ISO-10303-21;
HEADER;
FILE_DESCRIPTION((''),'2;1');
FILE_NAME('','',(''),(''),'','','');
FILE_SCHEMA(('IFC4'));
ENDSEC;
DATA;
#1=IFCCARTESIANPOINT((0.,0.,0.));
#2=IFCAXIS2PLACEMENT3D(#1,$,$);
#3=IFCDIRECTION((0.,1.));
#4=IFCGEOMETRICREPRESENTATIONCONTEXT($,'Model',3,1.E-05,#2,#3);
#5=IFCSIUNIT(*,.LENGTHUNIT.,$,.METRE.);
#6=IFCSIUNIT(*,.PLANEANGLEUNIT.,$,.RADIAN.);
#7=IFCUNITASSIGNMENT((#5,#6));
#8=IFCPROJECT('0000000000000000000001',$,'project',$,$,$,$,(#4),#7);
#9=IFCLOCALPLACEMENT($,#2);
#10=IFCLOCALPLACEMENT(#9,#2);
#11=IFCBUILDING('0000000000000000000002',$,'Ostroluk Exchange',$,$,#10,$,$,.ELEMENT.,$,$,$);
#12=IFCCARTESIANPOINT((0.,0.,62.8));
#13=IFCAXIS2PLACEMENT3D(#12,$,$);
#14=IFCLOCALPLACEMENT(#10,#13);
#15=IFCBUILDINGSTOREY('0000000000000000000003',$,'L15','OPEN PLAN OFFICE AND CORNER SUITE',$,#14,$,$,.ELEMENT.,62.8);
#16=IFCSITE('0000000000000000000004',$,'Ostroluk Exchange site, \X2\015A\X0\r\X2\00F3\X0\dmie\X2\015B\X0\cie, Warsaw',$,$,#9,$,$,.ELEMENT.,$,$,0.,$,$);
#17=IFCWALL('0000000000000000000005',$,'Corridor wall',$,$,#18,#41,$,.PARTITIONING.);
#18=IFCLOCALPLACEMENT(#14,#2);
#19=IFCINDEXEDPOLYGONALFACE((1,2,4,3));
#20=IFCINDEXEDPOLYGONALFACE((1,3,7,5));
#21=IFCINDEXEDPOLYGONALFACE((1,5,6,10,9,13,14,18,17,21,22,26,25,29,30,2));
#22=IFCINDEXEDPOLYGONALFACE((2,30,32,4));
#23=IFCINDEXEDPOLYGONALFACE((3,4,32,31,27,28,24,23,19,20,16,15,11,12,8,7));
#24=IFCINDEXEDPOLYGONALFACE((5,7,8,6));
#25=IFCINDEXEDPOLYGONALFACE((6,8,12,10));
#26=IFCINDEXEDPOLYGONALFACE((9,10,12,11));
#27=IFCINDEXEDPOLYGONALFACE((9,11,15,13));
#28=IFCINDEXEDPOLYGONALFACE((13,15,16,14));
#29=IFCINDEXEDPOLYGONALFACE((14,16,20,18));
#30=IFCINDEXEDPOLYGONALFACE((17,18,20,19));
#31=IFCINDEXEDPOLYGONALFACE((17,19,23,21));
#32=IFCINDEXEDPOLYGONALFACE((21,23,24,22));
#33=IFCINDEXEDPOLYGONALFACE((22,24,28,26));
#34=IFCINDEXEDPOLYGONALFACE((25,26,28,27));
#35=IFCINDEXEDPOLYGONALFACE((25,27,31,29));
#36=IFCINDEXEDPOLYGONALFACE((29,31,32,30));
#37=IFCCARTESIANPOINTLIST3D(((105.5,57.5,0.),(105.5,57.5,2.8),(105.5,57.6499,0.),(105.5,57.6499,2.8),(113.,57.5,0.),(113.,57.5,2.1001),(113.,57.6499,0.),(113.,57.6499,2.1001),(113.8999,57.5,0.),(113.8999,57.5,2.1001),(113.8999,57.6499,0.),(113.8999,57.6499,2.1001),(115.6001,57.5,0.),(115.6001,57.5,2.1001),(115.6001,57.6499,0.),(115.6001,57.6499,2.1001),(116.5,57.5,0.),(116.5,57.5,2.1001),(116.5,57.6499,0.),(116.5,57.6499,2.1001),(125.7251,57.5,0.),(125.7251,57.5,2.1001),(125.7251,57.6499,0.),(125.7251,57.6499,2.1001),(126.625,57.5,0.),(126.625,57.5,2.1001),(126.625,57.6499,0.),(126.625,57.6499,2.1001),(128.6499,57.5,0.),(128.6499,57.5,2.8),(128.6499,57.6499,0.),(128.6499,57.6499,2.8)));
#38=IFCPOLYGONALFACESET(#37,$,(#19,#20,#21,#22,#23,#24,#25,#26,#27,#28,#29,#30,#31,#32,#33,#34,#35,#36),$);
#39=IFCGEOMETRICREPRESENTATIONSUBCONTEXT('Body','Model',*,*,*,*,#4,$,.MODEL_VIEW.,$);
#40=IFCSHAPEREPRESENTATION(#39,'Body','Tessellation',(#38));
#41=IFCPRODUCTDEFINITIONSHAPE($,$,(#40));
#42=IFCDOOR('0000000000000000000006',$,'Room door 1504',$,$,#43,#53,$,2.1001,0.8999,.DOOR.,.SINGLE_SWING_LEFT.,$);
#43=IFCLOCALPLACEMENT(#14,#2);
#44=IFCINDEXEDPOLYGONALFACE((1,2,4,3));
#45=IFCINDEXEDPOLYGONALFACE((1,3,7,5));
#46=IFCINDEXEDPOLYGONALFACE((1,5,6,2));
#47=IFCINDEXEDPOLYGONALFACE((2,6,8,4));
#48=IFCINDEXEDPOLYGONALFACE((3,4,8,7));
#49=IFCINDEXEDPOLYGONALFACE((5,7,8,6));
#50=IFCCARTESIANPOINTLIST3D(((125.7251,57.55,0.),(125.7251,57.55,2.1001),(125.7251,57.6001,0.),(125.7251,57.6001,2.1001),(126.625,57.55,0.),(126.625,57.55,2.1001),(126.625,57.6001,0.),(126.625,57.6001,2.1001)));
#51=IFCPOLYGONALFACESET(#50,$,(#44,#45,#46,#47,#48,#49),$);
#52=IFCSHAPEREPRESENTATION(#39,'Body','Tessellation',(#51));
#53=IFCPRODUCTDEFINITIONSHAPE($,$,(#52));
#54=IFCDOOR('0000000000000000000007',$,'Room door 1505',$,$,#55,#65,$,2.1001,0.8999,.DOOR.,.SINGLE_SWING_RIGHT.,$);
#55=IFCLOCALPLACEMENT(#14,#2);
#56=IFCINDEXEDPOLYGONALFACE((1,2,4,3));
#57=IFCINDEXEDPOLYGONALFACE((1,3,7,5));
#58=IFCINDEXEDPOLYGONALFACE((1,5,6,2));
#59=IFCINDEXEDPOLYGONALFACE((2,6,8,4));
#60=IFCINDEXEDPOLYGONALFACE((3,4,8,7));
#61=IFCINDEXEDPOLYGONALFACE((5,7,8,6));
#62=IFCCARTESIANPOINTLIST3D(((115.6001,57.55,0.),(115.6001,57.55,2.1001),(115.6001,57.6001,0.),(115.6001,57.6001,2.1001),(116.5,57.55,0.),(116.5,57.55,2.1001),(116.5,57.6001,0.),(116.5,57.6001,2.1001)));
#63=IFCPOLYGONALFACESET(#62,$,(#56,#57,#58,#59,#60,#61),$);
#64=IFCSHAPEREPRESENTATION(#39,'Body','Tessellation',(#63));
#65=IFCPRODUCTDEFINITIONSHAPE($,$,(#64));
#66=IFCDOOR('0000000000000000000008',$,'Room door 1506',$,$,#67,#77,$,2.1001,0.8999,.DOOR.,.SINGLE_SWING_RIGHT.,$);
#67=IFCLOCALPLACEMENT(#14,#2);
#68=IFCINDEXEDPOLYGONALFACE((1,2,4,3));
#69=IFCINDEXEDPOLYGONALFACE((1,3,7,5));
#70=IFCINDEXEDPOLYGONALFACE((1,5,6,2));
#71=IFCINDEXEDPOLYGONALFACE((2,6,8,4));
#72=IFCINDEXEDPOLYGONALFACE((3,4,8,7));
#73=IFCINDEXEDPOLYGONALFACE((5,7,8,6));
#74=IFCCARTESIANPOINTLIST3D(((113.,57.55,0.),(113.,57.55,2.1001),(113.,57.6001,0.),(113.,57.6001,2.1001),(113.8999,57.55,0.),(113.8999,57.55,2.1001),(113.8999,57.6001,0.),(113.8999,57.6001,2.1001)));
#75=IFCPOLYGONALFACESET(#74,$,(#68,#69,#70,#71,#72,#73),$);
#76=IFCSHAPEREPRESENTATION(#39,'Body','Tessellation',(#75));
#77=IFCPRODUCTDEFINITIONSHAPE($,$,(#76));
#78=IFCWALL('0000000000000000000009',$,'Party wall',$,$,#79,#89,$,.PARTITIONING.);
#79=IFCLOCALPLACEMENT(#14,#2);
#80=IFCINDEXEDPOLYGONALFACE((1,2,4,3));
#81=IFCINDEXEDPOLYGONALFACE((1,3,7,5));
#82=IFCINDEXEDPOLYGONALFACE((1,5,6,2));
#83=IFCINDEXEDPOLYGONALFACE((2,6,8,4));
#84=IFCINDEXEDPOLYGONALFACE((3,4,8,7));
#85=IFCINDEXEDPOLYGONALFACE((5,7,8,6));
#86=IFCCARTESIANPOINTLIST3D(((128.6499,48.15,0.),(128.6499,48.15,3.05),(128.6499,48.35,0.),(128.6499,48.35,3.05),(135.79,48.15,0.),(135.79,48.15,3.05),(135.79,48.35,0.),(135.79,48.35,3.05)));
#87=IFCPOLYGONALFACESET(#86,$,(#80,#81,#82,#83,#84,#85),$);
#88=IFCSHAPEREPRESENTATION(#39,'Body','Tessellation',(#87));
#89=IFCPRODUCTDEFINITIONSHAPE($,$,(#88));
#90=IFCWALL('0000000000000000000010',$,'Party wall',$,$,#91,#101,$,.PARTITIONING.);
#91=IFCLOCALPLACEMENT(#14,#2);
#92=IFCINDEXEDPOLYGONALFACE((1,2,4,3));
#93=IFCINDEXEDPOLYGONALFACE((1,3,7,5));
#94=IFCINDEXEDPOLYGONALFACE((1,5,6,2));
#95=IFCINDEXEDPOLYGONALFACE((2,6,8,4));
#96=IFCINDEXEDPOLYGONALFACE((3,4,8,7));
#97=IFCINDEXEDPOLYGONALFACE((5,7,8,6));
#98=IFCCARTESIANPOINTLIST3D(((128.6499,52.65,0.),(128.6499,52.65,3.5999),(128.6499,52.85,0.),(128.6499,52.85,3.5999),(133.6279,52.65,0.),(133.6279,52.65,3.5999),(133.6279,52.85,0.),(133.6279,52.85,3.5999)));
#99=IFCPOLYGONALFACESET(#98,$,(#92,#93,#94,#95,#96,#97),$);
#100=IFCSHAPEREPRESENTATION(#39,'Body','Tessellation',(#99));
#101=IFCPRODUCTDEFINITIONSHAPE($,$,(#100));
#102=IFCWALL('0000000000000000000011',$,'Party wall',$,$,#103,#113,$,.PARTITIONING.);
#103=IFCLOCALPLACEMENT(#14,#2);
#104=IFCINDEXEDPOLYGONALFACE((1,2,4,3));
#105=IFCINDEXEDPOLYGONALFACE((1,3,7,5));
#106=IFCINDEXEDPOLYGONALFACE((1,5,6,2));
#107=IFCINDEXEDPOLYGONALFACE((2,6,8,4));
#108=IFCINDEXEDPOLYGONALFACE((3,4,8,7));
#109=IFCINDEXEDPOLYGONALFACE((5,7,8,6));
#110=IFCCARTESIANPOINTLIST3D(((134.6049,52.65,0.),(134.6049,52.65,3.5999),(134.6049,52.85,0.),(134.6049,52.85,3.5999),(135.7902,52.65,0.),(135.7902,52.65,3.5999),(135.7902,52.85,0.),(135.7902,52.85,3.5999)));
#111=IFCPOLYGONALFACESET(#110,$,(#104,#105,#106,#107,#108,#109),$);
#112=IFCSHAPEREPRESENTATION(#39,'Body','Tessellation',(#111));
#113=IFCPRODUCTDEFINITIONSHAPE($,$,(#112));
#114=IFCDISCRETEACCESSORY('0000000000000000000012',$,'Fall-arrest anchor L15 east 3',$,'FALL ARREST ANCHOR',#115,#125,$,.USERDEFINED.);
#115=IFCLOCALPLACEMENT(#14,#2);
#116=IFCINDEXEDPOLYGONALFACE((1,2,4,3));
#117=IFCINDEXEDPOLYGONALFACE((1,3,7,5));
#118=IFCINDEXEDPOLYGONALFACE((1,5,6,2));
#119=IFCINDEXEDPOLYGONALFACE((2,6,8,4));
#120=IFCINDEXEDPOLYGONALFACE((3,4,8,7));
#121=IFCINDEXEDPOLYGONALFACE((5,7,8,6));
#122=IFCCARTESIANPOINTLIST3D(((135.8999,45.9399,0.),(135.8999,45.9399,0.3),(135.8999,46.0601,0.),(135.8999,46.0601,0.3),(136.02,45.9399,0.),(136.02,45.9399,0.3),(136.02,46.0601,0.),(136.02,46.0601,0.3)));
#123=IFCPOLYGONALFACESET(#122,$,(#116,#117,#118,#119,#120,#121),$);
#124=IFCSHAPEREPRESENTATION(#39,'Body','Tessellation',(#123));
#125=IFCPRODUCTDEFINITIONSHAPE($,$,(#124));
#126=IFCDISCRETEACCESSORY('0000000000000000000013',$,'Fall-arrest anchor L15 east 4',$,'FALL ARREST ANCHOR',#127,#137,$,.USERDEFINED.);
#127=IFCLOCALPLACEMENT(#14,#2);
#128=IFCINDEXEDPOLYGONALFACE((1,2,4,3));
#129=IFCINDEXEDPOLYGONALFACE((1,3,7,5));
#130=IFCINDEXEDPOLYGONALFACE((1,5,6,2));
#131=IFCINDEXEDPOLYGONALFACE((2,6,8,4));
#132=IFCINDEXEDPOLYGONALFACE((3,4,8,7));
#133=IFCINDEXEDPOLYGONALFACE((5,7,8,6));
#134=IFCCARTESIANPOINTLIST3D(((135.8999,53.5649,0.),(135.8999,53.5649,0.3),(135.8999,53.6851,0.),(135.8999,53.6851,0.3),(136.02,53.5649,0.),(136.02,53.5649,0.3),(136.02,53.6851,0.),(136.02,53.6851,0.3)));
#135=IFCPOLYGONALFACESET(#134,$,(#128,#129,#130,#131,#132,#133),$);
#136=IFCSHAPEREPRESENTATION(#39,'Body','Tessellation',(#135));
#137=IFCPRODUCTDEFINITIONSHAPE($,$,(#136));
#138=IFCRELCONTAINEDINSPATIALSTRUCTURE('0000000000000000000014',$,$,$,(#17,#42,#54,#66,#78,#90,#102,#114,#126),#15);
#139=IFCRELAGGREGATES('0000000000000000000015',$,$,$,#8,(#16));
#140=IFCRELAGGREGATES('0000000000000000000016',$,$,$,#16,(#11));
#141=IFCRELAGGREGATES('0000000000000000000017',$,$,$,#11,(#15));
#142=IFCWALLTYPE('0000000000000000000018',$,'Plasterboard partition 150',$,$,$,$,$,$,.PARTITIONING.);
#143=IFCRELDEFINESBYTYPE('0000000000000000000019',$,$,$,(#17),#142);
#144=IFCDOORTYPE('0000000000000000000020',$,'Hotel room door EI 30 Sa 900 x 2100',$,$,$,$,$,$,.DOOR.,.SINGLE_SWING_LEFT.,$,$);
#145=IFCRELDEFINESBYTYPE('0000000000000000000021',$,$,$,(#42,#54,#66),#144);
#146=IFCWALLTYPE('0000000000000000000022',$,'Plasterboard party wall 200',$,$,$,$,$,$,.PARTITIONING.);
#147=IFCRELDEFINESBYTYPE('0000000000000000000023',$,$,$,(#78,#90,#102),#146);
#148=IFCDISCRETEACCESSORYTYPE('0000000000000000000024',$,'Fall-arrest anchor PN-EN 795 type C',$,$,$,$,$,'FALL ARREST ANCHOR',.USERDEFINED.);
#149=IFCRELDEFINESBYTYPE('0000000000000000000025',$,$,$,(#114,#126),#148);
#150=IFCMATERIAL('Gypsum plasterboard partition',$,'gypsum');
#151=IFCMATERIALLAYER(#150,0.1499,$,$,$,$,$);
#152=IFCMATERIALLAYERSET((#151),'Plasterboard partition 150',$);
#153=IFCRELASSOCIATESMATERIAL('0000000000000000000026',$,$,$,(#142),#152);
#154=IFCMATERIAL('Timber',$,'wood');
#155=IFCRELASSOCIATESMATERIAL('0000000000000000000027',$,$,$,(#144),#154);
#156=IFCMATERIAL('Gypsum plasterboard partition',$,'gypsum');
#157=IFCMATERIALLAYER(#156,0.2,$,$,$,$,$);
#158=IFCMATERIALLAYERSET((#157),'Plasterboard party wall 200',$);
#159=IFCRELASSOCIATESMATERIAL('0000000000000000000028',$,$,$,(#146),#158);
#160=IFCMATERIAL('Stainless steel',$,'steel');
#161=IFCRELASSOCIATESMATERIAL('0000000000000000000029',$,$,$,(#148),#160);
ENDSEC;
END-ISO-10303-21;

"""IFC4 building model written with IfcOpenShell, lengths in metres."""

from ifc_helpers import new_model, si_unit, direction, frame, frame_2d, origin, origin_2d, place, context, subcontext, project, spatial, rectangle, extrude, material, layer, layer_set, type_object, element, fill, save


model = new_model("IFC4")

# Units and contexts
model_context = context("Model", 3, precision=1e-05, world=origin(), true_north=direction((0.0, 1.0)))
body_context = subcontext(model_context, "Body", "Model", "MODEL_VIEW")
ifc_project = project(units=[si_unit("LENGTHUNIT", "METRE"), si_unit("PLANEANGLEUNIT", "RADIAN")], contexts=[model_context])

# Site, building, storey
site_placement = place(None, origin())
site = spatial("IfcSite", under=ifc_project, at=site_placement, Name="Ostroluk Exchange site, Śródmieście, Warsaw", CompositionType="ELEMENT", RefElevation=0.0)
building_placement = place(site_placement, origin())
building = spatial("IfcBuilding", under=site, at=building_placement, Name="Ostroluk Exchange", CompositionType="ELEMENT")
storey_placement = place(building_placement, frame((0.0, 0.0, 62.8)))
storey = spatial("IfcBuildingStorey", under=building, at=storey_placement, Name="L15", Description="OPEN PLAN OFFICE AND CORNER SUITE", CompositionType="ELEMENT", Elevation=62.8)

# Wall, openings, doors
ifc_material_1 = material(Name="Gypsum plasterboard partition", Category="gypsum")
ifc_layer_1 = layer(ifc_material_1, 0.1499)
ifc_layer_set_1 = layer_set([ifc_layer_1], Name="Plasterboard partition 150")
wall_type_1 = type_object("IfcWallType", Name="Plasterboard partition 150", PredefinedType="PARTITIONING", material=ifc_layer_set_1)
wall_1_placement = place(storey_placement, frame((128.6499, 57.575, 0.0), z_axis=(0.0, 0.0, 1.0), x_axis=(-1.0, 0.0, 0.0)))
wall_1 = element("IfcWall", 1, at=wall_1_placement, inside=storey, type_object=wall_type_1, Name="Corridor wall", PredefinedType="PARTITIONING", context=body_context, shape_type="SweptSolid", body=[
    extrude(rectangle(XDim=23.1499, YDim=0.1499, at=frame_2d((11.575, 0.0))), origin(), (0.0, 0.0, 1.0), 2.8),
])
opening_1_placement = place(wall_1_placement, frame((2.0249, 0.0, 0.0)))
opening_1 = element("IfcOpeningElement", 2, at=opening_1_placement, cuts=wall_1, PredefinedType="OPENING", context=body_context, shape_type="SweptSolid", body=[
    extrude(rectangle(XDim=0.8999, YDim=2.1001, at=frame_2d((0.45, 1.05))), frame((0.0, 0.085, 0.0), z_axis=(0.0, -1.0, 0.0), x_axis=(1.0, 0.0, 0.0)), (0.0, 0.0, 1.0), 0.1699),
])
opening_2_placement = place(wall_1_placement, frame((12.1499, 0.0, 0.0)))
opening_2 = element("IfcOpeningElement", 3, at=opening_2_placement, cuts=wall_1, PredefinedType="OPENING", context=body_context, shape_type="SweptSolid", body=[
    extrude(rectangle(XDim=0.8999, YDim=2.1001, at=frame_2d((0.45, 1.05))), frame((0.0, 0.085, 0.0), z_axis=(0.0, -1.0, 0.0), x_axis=(1.0, 0.0, 0.0)), (0.0, 0.0, 1.0), 0.1699),
])
opening_3_placement = place(wall_1_placement, frame((14.75, 0.0, 0.0)))
opening_3 = element("IfcOpeningElement", 4, at=opening_3_placement, cuts=wall_1, PredefinedType="OPENING", context=body_context, shape_type="SweptSolid", body=[
    extrude(rectangle(XDim=0.8999, YDim=2.1001, at=frame_2d((0.45, 1.05))), frame((0.0, 0.085, 0.0), z_axis=(0.0, -1.0, 0.0), x_axis=(1.0, 0.0, 0.0)), (0.0, 0.0, 1.0), 0.1699),
])
ifc_material_2 = material(Name="Timber", Category="wood")
door_type_1 = type_object("IfcDoorType", Name="Hotel room door EI 30 Sa 900 x 2100", OperationType="SINGLE_SWING_LEFT", PredefinedType="DOOR", material=ifc_material_2)
door_1_placement = place(opening_1_placement, origin())
door_1 = element("IfcDoor", 5, at=door_1_placement, inside=storey, type_object=door_type_1, Name="Room door 1504", OperationType="SINGLE_SWING_LEFT", OverallHeight=2.1001, OverallWidth=0.8999, PredefinedType="DOOR", context=body_context, shape_type="SweptSolid", body=[
    extrude(rectangle(XDim=0.8999, YDim=2.1001, at=frame_2d((0.45, 1.05))), frame((0.0, 0.0249, 0.0), z_axis=(0.0, -1.0, 0.0), x_axis=(1.0, 0.0, 0.0)), (0.0, 0.0, 1.0), 0.05),
])
fill(opening_1, door_1)
door_2_placement = place(opening_2_placement, origin())
door_2 = element("IfcDoor", 6, at=door_2_placement, inside=storey, type_object=door_type_1, Name="Room door 1505", OperationType="SINGLE_SWING_RIGHT", OverallHeight=2.1001, OverallWidth=0.8999, PredefinedType="DOOR", context=body_context, shape_type="SweptSolid", body=[
    extrude(rectangle(XDim=0.8999, YDim=2.1001, at=frame_2d((0.45, 1.05))), frame((0.0, 0.0249, 0.0), z_axis=(0.0, -1.0, 0.0), x_axis=(1.0, 0.0, 0.0)), (0.0, 0.0, 1.0), 0.05),
])
fill(opening_2, door_2)
door_3_placement = place(opening_3_placement, origin())
door_3 = element("IfcDoor", 7, at=door_3_placement, inside=storey, type_object=door_type_1, Name="Room door 1506", OperationType="SINGLE_SWING_RIGHT", OverallHeight=2.1001, OverallWidth=0.8999, PredefinedType="DOOR", context=body_context, shape_type="SweptSolid", body=[
    extrude(rectangle(XDim=0.8999, YDim=2.1001, at=frame_2d((0.45, 1.05))), frame((0.0, 0.0249, 0.0), z_axis=(0.0, -1.0, 0.0), x_axis=(1.0, 0.0, 0.0)), (0.0, 0.0, 1.0), 0.05),
])
fill(opening_3, door_3)

# Walls
ifc_material_3 = material(Name="Gypsum plasterboard partition", Category="gypsum")
ifc_layer_2 = layer(ifc_material_3, 0.2)
ifc_layer_set_2 = layer_set([ifc_layer_2], Name="Plasterboard party wall 200")
wall_type_2 = type_object("IfcWallType", Name="Plasterboard party wall 200", PredefinedType="PARTITIONING", material=ifc_layer_set_2)
wall_2_placement = place(storey_placement, frame((128.6499, 48.25, 0.0), z_axis=(0.0, 0.0, 1.0), x_axis=(1.0, 0.0, 0.0)))
element("IfcWall", 8, at=wall_2_placement, inside=storey, type_object=wall_type_2, Name="Party wall", PredefinedType="PARTITIONING", context=body_context, shape_type="SweptSolid", body=[
    extrude(rectangle(XDim=7.1401, YDim=0.2, at=frame_2d((3.5701, 0.0))), origin(), (0.0, 0.0, 1.0), 3.05),
])
wall_3_placement = place(storey_placement, frame((128.6499, 52.75, 0.0), z_axis=(0.0, 0.0, 1.0), x_axis=(1.0, 0.0, 0.0)))
element("IfcWall", 9, at=wall_3_placement, inside=storey, type_object=wall_type_2, Name="Party wall", PredefinedType="PARTITIONING", context=body_context, shape_type="SweptSolid", body=[
    extrude(rectangle(XDim=4.978, YDim=0.2, at=frame_2d((2.489, 0.0))), origin(), (0.0, 0.0, 1.0), 3.5999),
])
wall_4_placement = place(storey_placement, frame((134.6047, 52.75, 0.0), z_axis=(0.0, 0.0, 1.0), x_axis=(1.0, 0.0, 0.0)))
element("IfcWall", 10, at=wall_4_placement, inside=storey, type_object=wall_type_2, Name="Party wall", PredefinedType="PARTITIONING", context=body_context, shape_type="SweptSolid", body=[
    extrude(rectangle(XDim=1.1853, YDim=0.2, at=frame_2d((0.5928, 0.0))), origin(), (0.0, 0.0, 1.0), 3.5999),
])

# Discrete accessories
ifc_material_4 = material(Name="Stainless steel", Category="steel")
discrete_accessory_type = type_object("IfcDiscreteAccessoryType", Name="Fall-arrest anchor PN-EN 795 type C", ElementType="FALL ARREST ANCHOR", PredefinedType="USERDEFINED", material=ifc_material_4)
for number, where, z_axis, x_axis, name in (
    (11, (135.96, 46.0, 0.0), (0.0, 0.0, 1.0), (1.0, 0.0, 0.0), "Fall-arrest anchor L15 east 3"),
    (12, (135.96, 53.625, 0.0), (0.0, 0.0, 1.0), (1.0, 0.0, 0.0), "Fall-arrest anchor L15 east 4"),
):
    element("IfcDiscreteAccessory", number, at=place(storey_placement, frame(where, z_axis=z_axis, x_axis=x_axis)), inside=storey, type_object=discrete_accessory_type, Name=name, ObjectType="FALL ARREST ANCHOR", PredefinedType="USERDEFINED", context=body_context, shape_type="SweptSolid", body=[
        extrude(rectangle(XDim=0.1201, YDim=0.1201, at=origin_2d()), origin(), (0.0, 0.0, 1.0), 0.3),
    ])

save(model, "model.ifc")
